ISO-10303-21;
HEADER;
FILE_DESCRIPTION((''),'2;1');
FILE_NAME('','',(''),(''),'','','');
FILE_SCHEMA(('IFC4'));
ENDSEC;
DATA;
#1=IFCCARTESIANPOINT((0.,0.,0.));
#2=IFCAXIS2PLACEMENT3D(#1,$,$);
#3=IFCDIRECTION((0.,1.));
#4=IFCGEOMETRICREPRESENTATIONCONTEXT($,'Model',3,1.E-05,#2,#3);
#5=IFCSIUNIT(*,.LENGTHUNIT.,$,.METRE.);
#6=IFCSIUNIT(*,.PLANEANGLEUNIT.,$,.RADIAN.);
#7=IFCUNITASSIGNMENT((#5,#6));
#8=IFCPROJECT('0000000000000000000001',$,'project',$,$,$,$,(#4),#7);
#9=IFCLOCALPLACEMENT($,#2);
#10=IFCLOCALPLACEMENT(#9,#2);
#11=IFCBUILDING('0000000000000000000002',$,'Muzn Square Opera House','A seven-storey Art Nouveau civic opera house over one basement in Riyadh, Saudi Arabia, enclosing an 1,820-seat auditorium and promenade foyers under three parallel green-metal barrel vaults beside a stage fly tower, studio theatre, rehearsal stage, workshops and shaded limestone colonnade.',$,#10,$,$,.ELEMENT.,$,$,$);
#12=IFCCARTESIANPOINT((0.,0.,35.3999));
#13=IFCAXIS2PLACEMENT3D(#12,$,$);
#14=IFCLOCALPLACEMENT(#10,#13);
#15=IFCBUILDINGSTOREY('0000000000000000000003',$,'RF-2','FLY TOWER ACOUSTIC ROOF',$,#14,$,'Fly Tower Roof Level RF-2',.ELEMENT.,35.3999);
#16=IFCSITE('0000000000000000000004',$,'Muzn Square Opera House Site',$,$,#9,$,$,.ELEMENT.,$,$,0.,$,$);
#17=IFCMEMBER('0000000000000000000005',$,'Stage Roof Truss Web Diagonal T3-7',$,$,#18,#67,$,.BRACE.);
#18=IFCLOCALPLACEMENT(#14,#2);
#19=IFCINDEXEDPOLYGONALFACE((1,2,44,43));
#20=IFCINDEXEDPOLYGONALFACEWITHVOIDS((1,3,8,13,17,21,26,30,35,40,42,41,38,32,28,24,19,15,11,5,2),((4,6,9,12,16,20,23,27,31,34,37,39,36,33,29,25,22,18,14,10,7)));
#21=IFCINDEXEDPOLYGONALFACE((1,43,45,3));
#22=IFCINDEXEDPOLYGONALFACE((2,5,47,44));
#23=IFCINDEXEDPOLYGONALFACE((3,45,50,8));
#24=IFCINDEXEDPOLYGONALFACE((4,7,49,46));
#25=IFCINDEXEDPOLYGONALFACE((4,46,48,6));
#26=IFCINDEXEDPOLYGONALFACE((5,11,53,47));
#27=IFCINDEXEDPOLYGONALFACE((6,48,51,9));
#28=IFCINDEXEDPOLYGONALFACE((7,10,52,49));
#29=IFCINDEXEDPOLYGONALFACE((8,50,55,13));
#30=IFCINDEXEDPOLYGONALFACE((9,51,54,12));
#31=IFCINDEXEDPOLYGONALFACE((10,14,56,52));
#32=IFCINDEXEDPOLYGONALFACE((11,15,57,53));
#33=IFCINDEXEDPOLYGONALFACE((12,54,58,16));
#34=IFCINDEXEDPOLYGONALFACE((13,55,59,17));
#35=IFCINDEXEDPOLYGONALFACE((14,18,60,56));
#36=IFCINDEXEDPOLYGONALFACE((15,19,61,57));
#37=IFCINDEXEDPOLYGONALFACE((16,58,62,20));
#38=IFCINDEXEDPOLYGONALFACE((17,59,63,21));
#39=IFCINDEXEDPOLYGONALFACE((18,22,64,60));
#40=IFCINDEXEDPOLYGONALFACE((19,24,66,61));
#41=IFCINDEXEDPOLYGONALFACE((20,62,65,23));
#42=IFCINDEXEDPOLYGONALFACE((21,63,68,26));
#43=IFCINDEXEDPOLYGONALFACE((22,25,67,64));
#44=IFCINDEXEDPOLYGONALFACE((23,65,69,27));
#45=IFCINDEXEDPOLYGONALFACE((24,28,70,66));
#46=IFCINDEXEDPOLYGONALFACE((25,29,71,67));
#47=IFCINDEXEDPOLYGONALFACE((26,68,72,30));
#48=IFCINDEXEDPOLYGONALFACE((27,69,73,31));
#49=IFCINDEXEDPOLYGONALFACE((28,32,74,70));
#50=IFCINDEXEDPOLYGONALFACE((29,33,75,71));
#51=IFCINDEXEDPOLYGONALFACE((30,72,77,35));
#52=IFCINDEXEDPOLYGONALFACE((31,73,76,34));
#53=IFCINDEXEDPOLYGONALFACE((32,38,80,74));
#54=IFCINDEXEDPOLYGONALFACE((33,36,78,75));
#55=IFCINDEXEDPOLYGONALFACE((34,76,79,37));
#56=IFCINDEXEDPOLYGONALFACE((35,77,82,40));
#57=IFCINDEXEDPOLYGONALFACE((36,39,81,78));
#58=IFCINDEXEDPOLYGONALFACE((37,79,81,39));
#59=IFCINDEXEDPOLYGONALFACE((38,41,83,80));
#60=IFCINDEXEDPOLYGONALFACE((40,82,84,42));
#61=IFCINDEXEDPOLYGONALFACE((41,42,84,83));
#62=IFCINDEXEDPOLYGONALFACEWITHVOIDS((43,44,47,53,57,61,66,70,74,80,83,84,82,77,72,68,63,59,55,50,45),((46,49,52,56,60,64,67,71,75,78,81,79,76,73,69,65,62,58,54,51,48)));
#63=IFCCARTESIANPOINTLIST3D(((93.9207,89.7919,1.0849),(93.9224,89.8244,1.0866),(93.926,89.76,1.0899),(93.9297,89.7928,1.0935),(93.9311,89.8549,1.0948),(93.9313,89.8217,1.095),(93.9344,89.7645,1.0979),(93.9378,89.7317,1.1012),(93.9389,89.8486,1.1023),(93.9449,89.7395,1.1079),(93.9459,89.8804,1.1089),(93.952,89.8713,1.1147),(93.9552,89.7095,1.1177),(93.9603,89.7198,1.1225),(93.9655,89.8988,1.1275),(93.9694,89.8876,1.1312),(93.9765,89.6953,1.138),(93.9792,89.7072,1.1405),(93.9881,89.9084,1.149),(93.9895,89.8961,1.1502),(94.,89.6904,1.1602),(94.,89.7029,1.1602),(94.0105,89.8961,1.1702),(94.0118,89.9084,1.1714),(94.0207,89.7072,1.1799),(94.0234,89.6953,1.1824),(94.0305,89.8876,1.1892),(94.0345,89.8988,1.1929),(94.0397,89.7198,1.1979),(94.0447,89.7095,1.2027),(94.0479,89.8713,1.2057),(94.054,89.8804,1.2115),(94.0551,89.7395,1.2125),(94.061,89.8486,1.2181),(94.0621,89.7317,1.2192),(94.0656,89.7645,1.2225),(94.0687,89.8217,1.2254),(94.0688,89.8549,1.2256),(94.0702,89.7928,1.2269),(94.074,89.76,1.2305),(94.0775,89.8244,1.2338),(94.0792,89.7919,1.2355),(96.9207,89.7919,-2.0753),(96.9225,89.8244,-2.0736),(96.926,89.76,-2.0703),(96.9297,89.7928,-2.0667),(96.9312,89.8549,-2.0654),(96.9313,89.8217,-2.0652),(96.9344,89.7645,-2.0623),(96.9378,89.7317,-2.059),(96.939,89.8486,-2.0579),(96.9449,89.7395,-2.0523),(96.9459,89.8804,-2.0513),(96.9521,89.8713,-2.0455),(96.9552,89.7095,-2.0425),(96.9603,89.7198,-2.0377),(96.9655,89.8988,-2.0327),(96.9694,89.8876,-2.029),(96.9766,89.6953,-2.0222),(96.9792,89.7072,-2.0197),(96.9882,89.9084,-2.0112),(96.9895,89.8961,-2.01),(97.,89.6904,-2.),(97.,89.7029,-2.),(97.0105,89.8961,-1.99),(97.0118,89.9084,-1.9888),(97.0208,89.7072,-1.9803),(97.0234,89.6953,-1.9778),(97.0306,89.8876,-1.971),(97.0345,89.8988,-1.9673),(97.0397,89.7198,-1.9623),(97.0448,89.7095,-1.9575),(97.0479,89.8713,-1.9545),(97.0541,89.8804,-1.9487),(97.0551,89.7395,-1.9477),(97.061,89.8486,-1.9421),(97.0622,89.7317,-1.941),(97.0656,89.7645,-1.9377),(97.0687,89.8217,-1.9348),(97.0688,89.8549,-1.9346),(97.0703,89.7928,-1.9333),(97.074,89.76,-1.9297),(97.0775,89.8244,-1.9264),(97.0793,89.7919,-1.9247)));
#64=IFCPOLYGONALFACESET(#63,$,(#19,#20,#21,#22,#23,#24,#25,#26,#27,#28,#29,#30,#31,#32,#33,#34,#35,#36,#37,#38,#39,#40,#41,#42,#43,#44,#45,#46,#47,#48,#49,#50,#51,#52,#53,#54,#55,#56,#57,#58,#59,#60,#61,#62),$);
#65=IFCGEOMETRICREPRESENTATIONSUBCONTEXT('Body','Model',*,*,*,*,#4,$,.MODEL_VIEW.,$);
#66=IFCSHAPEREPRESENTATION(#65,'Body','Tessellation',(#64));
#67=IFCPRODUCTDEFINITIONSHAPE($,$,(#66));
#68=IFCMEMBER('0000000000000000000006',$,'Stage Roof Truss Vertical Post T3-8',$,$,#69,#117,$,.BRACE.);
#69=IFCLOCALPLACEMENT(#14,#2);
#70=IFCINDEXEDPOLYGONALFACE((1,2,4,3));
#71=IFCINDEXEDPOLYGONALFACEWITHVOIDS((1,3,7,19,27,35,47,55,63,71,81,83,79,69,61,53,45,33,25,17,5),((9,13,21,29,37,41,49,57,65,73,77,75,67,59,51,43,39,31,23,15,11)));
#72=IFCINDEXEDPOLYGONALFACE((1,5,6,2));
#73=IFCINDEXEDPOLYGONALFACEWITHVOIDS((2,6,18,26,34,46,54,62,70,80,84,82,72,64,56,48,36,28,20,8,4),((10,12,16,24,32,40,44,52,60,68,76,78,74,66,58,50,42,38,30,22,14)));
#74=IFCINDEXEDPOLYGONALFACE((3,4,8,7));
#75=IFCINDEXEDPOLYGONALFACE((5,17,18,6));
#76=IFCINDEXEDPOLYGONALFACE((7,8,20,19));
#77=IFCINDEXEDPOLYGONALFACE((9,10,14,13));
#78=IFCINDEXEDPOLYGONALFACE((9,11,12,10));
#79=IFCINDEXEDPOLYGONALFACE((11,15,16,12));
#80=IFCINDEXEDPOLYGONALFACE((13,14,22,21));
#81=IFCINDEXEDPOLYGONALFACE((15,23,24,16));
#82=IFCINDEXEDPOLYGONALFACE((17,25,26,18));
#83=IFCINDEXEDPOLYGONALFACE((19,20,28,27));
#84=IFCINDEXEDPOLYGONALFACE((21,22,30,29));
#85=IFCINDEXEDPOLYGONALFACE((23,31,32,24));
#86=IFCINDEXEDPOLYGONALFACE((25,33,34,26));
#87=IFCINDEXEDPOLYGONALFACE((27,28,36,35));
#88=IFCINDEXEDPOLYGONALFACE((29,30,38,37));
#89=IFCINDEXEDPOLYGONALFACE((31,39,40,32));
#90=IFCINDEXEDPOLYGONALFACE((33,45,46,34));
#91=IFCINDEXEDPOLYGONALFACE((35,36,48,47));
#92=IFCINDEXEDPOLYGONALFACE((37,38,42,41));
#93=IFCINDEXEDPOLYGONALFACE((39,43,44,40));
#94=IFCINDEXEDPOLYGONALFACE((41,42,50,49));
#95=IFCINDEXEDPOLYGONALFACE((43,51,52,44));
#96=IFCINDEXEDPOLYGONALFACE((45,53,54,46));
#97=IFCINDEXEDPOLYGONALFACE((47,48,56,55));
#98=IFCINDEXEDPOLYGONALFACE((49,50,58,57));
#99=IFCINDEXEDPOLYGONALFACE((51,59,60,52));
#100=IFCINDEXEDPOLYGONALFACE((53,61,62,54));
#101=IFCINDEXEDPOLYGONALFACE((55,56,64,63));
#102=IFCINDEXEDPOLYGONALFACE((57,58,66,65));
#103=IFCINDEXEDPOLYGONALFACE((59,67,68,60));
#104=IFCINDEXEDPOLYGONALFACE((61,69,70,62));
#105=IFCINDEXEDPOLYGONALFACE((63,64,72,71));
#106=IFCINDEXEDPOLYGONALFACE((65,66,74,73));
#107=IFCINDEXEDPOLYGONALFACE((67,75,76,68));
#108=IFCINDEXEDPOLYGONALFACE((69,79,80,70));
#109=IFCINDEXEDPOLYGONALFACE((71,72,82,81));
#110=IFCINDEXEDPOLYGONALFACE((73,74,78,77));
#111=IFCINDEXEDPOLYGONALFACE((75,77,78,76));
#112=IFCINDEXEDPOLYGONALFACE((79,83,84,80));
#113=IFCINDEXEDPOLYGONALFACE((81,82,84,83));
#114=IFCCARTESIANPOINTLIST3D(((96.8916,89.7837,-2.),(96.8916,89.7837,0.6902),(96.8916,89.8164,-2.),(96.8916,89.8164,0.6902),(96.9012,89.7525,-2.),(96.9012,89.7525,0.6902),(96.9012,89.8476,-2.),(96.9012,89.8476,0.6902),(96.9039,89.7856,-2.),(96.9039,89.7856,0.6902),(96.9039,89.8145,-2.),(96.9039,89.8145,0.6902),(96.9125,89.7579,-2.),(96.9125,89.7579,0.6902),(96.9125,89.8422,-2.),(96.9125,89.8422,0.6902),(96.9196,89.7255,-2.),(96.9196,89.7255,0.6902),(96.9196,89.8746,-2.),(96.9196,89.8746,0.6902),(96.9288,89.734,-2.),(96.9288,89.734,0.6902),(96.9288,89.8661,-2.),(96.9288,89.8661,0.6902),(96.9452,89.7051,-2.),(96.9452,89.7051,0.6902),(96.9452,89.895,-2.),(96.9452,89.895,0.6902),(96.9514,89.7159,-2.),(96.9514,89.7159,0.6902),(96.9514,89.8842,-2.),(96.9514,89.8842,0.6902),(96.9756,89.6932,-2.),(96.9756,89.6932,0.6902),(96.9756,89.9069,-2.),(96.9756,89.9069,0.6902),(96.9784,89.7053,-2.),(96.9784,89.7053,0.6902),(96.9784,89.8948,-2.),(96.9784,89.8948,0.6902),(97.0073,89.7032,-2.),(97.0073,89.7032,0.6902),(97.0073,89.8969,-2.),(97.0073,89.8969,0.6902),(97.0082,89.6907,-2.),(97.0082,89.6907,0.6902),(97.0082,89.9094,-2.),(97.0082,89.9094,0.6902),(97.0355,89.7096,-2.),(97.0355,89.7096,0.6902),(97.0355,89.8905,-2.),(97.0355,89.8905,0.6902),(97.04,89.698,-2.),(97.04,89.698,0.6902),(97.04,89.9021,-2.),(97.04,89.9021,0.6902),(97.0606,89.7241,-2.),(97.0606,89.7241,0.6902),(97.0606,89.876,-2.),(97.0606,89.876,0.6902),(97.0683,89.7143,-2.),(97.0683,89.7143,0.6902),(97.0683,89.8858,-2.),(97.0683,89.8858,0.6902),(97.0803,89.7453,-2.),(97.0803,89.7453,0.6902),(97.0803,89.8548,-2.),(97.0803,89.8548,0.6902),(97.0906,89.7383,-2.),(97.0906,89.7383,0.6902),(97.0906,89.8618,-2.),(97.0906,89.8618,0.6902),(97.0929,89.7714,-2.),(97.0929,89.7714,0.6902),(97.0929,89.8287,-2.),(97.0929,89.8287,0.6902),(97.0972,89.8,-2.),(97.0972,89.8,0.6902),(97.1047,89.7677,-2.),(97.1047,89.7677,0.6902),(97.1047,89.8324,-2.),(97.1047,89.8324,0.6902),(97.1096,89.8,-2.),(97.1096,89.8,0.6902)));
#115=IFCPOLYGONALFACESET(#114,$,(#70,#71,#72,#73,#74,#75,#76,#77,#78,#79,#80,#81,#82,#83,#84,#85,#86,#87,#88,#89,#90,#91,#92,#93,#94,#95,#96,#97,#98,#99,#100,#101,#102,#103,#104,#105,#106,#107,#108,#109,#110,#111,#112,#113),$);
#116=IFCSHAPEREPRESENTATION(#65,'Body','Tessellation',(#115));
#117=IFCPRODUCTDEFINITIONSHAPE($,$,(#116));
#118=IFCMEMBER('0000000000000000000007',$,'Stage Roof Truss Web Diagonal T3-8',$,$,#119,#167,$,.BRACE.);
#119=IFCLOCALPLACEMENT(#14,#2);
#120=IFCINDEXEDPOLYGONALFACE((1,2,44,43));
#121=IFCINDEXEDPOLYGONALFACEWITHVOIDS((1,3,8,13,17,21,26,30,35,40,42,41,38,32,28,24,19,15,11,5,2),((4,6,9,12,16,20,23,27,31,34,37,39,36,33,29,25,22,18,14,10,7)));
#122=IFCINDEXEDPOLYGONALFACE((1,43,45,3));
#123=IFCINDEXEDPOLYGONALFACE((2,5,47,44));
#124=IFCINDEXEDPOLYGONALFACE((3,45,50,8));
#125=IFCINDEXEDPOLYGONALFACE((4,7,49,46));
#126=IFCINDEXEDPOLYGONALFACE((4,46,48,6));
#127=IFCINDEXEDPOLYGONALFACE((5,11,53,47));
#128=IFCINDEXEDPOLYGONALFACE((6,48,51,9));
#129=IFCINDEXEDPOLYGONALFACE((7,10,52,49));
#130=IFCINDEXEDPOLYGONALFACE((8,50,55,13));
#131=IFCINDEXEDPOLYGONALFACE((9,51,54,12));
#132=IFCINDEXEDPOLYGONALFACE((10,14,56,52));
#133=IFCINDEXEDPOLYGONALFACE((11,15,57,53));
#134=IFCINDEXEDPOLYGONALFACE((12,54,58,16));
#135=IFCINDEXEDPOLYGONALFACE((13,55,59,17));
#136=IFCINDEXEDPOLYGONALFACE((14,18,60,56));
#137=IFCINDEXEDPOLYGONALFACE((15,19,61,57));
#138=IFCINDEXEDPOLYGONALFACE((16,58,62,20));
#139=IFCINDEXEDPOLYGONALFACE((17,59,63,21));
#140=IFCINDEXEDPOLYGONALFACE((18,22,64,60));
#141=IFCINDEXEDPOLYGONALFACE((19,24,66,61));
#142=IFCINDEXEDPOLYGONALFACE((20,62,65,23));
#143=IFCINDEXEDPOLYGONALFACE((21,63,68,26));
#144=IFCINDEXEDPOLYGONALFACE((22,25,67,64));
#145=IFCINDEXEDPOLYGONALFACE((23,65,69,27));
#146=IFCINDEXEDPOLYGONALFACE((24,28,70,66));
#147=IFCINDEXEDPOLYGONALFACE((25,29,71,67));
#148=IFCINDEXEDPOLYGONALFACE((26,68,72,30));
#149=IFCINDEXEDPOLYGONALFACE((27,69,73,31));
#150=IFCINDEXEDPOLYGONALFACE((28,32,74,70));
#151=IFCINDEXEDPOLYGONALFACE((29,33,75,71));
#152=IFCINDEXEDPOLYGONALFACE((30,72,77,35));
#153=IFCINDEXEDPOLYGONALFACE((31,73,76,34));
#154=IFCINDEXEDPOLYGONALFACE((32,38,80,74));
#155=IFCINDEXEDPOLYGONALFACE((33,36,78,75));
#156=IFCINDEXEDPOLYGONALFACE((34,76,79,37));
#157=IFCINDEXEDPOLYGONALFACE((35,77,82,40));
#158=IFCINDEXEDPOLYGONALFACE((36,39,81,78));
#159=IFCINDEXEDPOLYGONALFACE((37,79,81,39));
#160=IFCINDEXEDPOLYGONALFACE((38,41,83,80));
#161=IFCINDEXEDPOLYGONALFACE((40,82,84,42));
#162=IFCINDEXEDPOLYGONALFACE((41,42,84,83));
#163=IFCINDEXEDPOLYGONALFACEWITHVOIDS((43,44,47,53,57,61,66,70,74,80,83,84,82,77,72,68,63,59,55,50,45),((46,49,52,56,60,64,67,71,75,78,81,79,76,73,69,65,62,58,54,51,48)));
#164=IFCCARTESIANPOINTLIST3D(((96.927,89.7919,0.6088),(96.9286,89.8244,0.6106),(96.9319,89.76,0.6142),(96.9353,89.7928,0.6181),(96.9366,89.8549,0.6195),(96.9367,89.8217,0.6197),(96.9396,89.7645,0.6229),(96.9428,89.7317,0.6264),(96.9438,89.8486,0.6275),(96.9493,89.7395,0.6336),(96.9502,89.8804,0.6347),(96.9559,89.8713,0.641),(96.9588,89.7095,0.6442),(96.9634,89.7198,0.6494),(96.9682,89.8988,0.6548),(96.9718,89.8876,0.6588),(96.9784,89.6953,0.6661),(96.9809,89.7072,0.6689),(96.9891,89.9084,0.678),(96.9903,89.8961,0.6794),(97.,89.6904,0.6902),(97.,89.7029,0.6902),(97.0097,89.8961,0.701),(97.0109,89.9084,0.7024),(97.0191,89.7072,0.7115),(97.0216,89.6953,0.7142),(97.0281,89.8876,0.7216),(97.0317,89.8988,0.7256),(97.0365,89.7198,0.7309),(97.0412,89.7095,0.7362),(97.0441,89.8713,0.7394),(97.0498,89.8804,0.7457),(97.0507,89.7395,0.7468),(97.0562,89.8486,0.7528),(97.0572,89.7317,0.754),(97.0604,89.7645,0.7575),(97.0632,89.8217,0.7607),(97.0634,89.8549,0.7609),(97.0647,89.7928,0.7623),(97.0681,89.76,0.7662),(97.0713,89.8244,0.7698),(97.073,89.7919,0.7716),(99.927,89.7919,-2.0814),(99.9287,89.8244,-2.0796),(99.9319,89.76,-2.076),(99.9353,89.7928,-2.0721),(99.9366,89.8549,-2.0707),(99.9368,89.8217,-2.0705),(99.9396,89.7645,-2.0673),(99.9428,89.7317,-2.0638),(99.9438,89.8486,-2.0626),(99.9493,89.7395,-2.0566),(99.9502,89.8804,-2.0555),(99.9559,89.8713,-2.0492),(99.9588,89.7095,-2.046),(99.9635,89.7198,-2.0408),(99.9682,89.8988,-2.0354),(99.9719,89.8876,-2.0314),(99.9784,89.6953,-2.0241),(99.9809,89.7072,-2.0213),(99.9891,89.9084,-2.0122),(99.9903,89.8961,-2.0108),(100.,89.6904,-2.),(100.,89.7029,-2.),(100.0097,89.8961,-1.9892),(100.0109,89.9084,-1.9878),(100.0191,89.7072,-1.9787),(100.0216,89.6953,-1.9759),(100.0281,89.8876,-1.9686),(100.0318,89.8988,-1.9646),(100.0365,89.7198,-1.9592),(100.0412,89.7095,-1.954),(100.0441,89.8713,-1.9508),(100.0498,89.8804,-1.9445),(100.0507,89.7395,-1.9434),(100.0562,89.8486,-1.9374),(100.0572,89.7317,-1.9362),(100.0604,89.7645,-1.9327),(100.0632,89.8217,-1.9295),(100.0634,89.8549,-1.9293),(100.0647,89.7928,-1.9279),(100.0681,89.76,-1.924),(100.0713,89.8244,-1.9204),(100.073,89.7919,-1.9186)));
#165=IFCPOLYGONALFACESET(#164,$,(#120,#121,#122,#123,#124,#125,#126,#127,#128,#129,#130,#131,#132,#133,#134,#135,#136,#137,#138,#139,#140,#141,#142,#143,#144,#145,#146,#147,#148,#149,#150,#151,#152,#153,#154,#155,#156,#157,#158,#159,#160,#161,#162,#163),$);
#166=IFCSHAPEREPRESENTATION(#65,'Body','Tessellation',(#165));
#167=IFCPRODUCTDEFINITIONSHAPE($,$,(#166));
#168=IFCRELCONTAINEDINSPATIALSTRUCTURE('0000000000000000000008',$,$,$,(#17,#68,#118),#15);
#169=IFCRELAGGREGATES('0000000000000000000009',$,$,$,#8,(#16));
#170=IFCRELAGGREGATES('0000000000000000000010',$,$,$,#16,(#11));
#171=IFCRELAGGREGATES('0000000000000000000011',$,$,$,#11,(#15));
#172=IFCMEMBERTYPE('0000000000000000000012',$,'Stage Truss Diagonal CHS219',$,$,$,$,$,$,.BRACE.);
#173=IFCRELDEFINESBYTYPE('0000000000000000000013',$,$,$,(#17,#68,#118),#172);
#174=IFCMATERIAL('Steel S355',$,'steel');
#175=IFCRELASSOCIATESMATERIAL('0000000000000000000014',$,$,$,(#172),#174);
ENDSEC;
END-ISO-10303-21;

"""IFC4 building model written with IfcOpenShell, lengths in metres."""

from ifc_helpers import new_model, si_unit, direction, frame, origin, origin_2d, place, context, subcontext, project, spatial, hollow_circle, extrude, material, material_profile, profile_set, type_object, element, save


model = new_model("IFC4")

# Units and contexts
model_context = context("Model", 3, precision=1e-05, world=origin(), true_north=direction((0.0, 1.0)))
body_context = subcontext(model_context, "Body", "Model", "MODEL_VIEW")
ifc_project = project(units=[si_unit("LENGTHUNIT", "METRE"), si_unit("PLANEANGLEUNIT", "RADIAN")], contexts=[model_context])

# Site, building, storey
site_placement = place(None, origin())
site = spatial("IfcSite", under=ifc_project, at=site_placement, Name="Muzn Square Opera House Site", CompositionType="ELEMENT", RefElevation=0.0)
building_placement = place(site_placement, origin())
building = spatial("IfcBuilding", under=site, at=building_placement, Name="Muzn Square Opera House", Description="A seven-storey Art Nouveau civic opera house over one basement in Riyadh, Saudi Arabia, enclosing an 1,820-seat auditorium and promenade foyers under three parallel green-metal barrel vaults beside a stage fly tower, studio theatre, rehearsal stage, workshops and shaded limestone colonnade.", CompositionType="ELEMENT")
storey_placement = place(building_placement, frame((0.0, 0.0, 35.3999)))
storey = spatial("IfcBuildingStorey", under=building, at=storey_placement, Name="RF-2", Description="FLY TOWER ACOUSTIC ROOF", LongName="Fly Tower Roof Level RF-2", CompositionType="ELEMENT", Elevation=35.3999)

# Members
ifc_material_1 = material(Name="Steel S355", Category="steel")
ifc_material_profile_1 = material_profile(ifc_material_1, hollow_circle(Radius=0.1096, WallThickness=0.0125, at=origin_2d()), Name="CHS 219.1x12.5", Category="steel")
ifc_profile_set_1 = profile_set([ifc_material_profile_1], Name="Steel S355")
member_type_1 = type_object("IfcMemberType", Name="Stage Truss Diagonal CHS219", PredefinedType="BRACE", material=ifc_profile_set_1)
member_1_placement = place(storey_placement, frame((97.0, 89.8, -2.0), z_axis=(-0.68849, 0.0, 0.725246), x_axis=(0.0, -1.0, 0.0)))
element("IfcMember", 1, at=member_1_placement, inside=storey, type_object=member_type_1, Name="Stage Roof Truss Web Diagonal T3-7", PredefinedType="BRACE", context=body_context, shape_type="SweptSolid", body=[
    extrude(hollow_circle(Radius=0.1096, WallThickness=0.0125, at=origin_2d()), origin(), (0.0, 0.0, 1.0), 4.3574),
])
member_2_placement = place(storey_placement, frame((97.0, 89.8, -2.0), z_axis=(0.0, 0.0, 1.0), x_axis=(1.0, 0.0, 0.0)))
element("IfcMember", 2, at=member_2_placement, inside=storey, type_object=member_type_1, Name="Stage Roof Truss Vertical Post T3-8", PredefinedType="BRACE", context=body_context, shape_type="SweptSolid", body=[
    extrude(hollow_circle(Radius=0.1096, WallThickness=0.0125, at=origin_2d()), origin(), (0.0, 0.0, 1.0), 2.6902),
])
member_3_placement = place(storey_placement, frame((100.0, 89.8, -2.0), z_axis=(-0.744504, 0.0, 0.667618), x_axis=(0.0, -1.0, 0.0)))
element("IfcMember", 3, at=member_3_placement, inside=storey, type_object=member_type_1, Name="Stage Roof Truss Web Diagonal T3-8", PredefinedType="BRACE", context=body_context, shape_type="SweptSolid", body=[
    extrude(hollow_circle(Radius=0.1096, WallThickness=0.0125, at=origin_2d()), origin(), (0.0, 0.0, 1.0), 4.0295),
])

save(model, "model.ifc")
